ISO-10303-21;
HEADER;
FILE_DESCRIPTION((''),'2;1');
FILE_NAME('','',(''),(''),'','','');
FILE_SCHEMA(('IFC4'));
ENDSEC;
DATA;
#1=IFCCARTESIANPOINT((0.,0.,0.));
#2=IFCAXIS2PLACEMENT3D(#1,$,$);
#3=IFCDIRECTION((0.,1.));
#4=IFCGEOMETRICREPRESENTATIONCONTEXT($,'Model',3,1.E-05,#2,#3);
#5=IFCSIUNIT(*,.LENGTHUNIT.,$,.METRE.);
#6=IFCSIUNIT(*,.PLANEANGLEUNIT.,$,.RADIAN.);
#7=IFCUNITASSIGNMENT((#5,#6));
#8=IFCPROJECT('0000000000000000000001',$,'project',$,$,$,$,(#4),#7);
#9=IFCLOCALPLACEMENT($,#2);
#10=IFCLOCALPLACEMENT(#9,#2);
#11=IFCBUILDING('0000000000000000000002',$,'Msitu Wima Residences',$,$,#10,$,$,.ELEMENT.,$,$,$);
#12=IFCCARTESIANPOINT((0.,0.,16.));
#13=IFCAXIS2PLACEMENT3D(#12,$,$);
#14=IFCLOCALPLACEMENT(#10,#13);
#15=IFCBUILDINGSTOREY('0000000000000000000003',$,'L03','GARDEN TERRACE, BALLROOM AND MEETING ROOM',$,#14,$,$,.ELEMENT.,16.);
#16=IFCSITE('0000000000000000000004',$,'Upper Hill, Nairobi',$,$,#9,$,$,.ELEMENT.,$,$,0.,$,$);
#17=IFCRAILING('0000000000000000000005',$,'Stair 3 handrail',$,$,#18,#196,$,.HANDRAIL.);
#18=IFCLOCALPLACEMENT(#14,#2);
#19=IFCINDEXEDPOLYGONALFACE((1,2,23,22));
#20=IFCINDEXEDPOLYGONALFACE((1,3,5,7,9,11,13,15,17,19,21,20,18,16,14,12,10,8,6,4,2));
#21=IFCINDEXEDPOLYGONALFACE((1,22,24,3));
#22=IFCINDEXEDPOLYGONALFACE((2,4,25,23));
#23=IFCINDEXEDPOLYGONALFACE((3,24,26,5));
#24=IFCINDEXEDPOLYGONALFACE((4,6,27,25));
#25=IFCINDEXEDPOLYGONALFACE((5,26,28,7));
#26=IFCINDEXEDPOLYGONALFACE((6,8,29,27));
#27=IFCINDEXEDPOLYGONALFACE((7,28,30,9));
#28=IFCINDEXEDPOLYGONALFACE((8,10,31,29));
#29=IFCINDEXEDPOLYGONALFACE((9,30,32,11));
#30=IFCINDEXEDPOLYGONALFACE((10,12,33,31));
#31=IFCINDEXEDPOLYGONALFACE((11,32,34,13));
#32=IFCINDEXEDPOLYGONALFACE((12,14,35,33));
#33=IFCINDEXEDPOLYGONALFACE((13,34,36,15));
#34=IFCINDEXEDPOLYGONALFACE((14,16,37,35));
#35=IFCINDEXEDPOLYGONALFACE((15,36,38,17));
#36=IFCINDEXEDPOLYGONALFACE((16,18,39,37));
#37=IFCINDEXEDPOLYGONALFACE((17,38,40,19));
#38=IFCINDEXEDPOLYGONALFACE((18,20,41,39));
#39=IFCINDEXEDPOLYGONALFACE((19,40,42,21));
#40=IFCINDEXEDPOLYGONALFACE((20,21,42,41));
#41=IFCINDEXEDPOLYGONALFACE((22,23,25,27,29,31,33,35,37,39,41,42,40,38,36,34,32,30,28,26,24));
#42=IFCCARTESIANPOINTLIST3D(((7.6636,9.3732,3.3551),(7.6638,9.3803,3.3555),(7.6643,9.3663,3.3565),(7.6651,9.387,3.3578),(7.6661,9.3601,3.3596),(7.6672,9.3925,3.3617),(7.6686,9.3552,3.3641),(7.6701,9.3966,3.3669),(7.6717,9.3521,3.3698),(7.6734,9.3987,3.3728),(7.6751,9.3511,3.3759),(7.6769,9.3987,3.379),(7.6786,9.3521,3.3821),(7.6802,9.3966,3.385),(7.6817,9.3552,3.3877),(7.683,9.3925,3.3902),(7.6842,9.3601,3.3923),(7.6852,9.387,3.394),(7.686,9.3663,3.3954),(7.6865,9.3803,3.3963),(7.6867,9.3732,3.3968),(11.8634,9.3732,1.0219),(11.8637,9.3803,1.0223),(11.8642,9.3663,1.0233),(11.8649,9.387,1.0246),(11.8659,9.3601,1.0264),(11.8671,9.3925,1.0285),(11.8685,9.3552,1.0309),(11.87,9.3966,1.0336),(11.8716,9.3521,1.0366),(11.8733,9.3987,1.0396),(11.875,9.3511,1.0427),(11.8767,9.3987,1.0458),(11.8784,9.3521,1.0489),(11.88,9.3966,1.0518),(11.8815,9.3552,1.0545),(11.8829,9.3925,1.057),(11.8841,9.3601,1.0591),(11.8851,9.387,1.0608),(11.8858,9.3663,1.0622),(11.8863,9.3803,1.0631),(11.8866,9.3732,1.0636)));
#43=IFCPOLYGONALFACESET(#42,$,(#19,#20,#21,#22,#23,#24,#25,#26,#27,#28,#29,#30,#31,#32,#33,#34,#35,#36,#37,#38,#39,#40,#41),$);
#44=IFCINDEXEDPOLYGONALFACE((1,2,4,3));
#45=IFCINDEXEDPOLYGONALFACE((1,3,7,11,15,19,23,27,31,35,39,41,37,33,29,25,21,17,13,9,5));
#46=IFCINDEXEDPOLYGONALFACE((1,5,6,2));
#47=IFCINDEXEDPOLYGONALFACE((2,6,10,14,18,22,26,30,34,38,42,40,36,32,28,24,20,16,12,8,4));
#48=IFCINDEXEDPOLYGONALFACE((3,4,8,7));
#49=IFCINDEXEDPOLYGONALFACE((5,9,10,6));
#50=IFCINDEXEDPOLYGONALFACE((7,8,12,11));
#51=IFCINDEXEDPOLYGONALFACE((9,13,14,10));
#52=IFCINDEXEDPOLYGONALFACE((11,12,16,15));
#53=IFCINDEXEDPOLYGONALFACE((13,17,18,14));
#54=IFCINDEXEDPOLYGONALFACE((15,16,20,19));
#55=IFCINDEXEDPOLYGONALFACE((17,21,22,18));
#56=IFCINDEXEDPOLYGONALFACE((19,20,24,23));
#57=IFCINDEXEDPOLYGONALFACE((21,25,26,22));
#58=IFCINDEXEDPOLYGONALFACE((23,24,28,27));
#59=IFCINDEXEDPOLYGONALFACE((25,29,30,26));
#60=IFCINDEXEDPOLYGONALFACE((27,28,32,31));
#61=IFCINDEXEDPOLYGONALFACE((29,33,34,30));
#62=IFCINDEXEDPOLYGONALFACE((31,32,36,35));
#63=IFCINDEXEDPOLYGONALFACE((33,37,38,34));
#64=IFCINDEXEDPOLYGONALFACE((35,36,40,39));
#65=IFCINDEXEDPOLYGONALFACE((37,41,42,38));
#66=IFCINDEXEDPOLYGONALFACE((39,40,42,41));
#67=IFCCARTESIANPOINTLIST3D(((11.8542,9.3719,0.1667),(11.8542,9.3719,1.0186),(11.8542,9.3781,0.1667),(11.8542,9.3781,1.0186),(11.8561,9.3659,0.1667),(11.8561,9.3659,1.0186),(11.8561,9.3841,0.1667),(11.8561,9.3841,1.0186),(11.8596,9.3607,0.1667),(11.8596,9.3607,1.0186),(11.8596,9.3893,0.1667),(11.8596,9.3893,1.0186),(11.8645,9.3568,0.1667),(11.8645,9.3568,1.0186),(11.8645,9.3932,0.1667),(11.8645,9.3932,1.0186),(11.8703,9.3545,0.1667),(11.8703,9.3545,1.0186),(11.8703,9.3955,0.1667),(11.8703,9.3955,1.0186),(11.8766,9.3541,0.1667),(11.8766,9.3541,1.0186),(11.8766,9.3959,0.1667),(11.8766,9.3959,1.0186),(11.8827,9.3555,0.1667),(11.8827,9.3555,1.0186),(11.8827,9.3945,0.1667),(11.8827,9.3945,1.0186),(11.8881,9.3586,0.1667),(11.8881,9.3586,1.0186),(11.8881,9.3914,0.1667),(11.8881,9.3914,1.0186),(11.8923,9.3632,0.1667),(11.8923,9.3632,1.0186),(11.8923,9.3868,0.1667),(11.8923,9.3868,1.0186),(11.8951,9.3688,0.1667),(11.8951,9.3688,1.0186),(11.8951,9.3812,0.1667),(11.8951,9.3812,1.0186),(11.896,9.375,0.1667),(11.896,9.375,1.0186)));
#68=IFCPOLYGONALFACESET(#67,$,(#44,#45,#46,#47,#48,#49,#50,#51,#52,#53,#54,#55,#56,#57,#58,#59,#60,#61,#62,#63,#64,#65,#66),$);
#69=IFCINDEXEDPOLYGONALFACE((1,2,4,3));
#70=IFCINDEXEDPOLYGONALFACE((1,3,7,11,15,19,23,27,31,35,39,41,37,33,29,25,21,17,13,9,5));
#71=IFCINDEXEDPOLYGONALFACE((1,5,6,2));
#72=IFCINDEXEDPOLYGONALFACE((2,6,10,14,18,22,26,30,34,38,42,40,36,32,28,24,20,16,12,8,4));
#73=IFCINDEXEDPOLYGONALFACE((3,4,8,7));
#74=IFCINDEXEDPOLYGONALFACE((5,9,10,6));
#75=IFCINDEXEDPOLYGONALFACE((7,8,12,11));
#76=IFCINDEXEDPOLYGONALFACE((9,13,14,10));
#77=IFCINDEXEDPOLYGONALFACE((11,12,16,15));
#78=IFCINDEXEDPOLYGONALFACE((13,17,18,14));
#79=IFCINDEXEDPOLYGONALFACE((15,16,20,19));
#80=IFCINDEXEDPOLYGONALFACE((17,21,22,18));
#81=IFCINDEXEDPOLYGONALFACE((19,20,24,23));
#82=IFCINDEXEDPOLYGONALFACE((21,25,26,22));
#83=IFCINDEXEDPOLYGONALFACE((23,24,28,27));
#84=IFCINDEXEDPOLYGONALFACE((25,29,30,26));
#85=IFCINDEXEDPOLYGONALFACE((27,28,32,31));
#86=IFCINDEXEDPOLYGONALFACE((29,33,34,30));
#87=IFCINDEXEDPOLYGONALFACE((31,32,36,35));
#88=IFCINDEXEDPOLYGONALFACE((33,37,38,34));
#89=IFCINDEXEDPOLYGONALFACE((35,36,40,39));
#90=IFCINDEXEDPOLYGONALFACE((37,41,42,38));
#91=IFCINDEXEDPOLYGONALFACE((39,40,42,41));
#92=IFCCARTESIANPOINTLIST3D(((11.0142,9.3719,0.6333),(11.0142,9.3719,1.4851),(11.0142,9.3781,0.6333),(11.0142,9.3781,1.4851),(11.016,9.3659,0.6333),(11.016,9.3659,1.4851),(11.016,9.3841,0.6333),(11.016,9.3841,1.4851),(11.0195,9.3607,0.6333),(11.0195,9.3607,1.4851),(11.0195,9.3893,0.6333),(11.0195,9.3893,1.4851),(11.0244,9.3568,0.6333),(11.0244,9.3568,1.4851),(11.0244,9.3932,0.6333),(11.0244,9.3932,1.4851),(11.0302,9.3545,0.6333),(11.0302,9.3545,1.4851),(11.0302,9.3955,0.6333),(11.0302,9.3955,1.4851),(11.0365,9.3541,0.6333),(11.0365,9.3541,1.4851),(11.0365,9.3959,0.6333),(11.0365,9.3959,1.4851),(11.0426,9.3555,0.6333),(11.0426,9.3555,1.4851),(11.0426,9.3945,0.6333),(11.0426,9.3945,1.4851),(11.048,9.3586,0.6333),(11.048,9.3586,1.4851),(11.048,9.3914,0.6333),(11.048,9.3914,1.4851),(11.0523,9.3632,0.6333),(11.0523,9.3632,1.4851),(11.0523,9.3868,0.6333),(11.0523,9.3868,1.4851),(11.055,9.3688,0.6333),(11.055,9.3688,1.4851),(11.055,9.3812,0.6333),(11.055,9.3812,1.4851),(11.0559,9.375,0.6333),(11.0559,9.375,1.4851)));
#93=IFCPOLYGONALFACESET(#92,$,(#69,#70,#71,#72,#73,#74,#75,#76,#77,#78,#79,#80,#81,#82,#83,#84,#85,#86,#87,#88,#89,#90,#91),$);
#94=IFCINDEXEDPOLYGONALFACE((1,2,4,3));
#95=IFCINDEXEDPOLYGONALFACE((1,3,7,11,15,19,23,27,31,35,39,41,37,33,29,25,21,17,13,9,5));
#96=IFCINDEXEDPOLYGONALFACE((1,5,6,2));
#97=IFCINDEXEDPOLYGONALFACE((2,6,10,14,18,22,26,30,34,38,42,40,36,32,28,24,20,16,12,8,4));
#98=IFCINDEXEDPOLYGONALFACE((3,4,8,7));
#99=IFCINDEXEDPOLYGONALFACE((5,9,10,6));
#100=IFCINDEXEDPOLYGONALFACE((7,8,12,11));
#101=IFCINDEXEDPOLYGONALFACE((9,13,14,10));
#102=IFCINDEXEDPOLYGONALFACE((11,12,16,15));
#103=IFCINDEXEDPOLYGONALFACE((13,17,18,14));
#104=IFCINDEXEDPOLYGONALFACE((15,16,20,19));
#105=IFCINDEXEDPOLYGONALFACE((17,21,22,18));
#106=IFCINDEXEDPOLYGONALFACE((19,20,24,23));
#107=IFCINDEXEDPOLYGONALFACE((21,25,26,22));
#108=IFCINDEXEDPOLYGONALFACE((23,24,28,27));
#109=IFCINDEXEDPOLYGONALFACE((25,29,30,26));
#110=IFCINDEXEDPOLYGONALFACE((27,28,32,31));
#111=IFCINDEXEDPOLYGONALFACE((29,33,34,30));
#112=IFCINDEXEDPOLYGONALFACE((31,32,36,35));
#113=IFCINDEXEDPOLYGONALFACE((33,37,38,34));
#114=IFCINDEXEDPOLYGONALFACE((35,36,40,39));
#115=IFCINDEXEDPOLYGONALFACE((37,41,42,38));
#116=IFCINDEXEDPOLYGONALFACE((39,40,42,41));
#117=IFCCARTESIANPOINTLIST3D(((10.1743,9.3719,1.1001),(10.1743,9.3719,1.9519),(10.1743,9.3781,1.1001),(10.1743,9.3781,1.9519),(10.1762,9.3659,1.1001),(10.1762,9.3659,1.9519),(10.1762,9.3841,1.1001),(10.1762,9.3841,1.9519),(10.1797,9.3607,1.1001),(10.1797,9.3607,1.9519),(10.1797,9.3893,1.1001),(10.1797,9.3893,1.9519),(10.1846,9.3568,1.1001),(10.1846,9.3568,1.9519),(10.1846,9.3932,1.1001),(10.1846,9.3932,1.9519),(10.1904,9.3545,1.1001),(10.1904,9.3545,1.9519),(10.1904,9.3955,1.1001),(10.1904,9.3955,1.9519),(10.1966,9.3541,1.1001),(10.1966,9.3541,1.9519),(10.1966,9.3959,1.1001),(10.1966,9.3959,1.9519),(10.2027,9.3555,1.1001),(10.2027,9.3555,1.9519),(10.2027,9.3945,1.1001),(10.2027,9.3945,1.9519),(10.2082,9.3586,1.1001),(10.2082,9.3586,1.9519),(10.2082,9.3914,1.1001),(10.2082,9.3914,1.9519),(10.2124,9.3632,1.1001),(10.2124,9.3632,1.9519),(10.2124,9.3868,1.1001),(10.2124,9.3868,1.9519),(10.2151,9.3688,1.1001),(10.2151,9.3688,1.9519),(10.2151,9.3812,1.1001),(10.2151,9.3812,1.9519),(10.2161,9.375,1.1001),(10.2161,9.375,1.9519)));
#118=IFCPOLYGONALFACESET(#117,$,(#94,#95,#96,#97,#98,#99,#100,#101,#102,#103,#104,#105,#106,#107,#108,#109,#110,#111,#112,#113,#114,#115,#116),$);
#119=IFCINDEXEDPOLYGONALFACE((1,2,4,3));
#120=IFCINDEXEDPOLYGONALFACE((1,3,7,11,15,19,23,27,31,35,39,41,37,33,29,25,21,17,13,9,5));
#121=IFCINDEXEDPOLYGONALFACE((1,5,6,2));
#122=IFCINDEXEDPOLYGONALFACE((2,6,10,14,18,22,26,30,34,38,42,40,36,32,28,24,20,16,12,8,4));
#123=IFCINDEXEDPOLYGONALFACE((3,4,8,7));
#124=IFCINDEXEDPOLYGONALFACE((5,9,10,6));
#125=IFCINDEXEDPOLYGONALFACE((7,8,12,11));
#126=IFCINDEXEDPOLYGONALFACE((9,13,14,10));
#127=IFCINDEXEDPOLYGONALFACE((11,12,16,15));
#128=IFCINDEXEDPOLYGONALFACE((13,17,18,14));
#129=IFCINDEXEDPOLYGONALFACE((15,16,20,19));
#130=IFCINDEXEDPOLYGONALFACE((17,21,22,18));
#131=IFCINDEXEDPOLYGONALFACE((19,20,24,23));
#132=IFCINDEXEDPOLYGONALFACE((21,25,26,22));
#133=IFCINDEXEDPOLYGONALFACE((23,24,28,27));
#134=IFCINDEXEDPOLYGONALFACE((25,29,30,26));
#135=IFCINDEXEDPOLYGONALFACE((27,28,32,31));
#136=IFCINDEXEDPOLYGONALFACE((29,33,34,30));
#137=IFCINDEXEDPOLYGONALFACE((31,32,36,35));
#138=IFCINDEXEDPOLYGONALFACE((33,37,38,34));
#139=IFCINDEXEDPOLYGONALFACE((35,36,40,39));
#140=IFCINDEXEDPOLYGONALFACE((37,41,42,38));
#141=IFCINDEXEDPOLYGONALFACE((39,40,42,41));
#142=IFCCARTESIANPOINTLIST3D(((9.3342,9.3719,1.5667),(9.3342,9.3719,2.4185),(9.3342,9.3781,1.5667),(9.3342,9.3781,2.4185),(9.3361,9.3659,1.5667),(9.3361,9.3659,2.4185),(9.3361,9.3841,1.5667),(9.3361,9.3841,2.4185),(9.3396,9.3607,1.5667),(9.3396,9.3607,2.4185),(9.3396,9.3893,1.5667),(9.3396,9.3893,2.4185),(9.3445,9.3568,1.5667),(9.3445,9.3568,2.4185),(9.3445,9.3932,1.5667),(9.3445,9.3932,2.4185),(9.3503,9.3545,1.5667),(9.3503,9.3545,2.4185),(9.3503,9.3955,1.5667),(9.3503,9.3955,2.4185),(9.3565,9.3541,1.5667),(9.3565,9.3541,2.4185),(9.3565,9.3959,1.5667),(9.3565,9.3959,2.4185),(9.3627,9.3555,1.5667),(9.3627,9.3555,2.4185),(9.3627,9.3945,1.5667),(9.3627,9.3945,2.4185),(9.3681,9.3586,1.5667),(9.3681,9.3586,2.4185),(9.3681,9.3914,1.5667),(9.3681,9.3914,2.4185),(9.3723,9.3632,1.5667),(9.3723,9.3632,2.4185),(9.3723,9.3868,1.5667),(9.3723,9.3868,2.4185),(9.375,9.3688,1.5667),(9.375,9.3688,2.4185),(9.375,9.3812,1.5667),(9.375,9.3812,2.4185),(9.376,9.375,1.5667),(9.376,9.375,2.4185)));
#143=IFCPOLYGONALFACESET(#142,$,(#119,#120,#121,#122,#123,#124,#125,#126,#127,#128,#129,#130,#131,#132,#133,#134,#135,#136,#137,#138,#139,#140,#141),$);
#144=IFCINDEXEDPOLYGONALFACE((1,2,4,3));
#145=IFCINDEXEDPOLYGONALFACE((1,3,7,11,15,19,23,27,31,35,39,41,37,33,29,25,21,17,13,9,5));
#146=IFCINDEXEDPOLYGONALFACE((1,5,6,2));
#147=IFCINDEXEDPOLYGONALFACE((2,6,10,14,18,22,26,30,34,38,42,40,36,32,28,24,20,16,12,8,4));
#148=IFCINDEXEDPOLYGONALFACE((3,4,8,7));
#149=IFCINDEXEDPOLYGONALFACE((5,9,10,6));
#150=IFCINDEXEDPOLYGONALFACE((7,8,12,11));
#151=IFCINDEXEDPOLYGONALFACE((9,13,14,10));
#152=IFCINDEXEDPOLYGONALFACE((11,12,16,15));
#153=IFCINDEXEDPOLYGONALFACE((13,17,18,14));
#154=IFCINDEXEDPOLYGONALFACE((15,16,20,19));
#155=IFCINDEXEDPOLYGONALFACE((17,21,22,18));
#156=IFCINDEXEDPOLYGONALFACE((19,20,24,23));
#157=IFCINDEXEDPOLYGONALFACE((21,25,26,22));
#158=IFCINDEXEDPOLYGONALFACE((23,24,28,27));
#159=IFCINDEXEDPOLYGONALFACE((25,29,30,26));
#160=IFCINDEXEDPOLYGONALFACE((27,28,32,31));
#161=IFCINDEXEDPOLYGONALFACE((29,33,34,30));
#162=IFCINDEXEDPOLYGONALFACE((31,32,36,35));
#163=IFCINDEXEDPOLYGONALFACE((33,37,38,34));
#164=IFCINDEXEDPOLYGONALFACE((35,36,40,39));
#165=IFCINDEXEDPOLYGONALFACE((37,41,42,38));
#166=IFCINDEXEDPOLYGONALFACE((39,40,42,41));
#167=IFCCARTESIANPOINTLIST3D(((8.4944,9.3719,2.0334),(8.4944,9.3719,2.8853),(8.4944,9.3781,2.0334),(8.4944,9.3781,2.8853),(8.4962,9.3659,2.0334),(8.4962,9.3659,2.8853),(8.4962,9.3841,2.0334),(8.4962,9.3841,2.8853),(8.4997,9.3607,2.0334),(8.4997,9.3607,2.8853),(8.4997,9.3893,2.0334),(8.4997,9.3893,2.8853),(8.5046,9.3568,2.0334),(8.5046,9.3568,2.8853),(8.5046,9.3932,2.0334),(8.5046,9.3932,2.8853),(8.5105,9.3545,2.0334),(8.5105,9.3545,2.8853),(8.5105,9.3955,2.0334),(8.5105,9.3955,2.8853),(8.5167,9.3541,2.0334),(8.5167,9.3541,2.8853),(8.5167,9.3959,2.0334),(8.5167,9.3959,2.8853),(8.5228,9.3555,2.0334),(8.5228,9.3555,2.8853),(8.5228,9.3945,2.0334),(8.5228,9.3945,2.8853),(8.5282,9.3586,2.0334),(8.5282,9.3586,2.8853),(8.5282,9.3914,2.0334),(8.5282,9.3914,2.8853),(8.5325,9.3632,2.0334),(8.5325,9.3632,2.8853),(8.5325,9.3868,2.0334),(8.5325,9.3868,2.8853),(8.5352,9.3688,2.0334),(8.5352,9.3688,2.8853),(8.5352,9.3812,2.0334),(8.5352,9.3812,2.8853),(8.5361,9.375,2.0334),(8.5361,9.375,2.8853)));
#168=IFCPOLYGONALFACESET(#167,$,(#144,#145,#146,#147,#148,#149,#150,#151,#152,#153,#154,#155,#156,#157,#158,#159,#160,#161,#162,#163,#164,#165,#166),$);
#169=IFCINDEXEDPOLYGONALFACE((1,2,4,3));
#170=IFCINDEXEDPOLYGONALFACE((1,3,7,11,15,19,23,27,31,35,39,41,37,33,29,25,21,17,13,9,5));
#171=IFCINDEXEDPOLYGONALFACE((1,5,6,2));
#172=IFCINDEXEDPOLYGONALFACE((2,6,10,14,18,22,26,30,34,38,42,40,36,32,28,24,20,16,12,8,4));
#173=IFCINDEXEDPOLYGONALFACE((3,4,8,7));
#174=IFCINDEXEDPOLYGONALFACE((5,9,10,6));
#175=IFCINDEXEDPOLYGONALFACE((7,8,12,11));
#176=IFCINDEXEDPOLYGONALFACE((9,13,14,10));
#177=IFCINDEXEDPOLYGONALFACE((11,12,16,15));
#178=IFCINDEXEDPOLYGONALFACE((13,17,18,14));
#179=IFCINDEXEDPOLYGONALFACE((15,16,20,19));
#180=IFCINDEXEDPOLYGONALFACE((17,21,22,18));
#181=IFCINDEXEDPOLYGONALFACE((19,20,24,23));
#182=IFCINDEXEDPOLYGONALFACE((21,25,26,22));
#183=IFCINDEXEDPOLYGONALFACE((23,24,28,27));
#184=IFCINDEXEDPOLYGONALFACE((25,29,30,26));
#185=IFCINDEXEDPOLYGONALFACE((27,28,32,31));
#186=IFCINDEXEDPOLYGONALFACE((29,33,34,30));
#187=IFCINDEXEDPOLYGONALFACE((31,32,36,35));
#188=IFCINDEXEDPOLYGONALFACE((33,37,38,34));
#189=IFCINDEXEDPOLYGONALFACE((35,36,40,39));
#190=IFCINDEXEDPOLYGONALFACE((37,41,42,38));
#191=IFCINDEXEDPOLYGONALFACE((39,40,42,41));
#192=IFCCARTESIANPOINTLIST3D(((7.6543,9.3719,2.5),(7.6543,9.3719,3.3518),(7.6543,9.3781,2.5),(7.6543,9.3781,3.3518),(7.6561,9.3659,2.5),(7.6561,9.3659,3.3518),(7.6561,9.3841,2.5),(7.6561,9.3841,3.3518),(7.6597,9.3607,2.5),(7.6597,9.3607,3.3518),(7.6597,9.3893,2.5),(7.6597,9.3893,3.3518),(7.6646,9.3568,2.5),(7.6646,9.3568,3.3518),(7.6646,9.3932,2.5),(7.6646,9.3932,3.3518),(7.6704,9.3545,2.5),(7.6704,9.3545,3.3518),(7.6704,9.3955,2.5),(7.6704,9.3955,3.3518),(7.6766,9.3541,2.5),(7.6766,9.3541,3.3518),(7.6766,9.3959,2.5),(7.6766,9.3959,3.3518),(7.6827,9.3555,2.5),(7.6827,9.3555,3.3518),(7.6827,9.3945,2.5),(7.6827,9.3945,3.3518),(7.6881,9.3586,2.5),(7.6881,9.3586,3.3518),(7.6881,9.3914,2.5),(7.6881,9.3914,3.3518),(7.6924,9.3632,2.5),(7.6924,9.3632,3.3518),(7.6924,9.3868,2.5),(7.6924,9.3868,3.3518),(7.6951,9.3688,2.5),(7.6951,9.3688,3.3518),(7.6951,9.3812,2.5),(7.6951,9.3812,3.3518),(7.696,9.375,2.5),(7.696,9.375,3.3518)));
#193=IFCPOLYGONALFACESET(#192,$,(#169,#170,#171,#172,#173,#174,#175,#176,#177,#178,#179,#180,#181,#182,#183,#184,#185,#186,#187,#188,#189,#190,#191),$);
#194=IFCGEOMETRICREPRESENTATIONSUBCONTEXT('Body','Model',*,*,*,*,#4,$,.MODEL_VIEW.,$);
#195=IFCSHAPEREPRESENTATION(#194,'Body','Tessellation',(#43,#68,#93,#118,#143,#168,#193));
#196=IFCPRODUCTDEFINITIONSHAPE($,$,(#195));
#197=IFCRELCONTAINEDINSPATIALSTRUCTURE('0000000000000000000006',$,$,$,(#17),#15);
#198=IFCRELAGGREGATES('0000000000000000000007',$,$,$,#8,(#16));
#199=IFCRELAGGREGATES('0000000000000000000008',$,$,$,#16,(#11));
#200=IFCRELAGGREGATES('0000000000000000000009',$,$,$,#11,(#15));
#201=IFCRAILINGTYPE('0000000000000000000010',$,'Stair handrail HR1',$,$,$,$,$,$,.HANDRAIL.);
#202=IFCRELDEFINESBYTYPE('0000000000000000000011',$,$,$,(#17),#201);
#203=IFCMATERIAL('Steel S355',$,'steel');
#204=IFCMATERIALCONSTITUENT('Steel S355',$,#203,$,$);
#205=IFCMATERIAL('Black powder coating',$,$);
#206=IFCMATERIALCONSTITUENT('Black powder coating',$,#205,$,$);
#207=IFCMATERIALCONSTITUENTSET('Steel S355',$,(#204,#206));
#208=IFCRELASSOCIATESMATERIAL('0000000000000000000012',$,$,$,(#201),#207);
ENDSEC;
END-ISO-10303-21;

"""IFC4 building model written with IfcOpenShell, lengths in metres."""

from ifc_helpers import new_model, si_unit, direction, frame, origin, origin_2d, place, context, subcontext, project, spatial, circle, extrude, material, constituent, constituent_set, type_object, element, save


model = new_model("IFC4")

# Units and contexts
model_context = context("Model", 3, precision=1e-05, world=origin(), true_north=direction((0.0, 1.0)))
body_context = subcontext(model_context, "Body", "Model", "MODEL_VIEW")
ifc_project = project(units=[si_unit("LENGTHUNIT", "METRE"), si_unit("PLANEANGLEUNIT", "RADIAN")], contexts=[model_context])

# Site, building, storey
site_placement = place(None, origin())
site = spatial("IfcSite", under=ifc_project, at=site_placement, Name="Upper Hill, Nairobi", CompositionType="ELEMENT", RefElevation=0.0)
building_placement = place(site_placement, origin())
building = spatial("IfcBuilding", under=site, at=building_placement, Name="Msitu Wima Residences", CompositionType="ELEMENT")
storey_placement = place(building_placement, frame((0.0, 0.0, 16.0)))
storey = spatial("IfcBuildingStorey", under=building, at=storey_placement, Name="L03", Description="GARDEN TERRACE, BALLROOM AND MEETING ROOM", CompositionType="ELEMENT", Elevation=16.0)

# Railing
ifc_material_1 = material(Name="Steel S355", Category="steel")
ifc_constituent_1 = constituent(ifc_material_1, Name="Steel S355")
ifc_material_2 = material(Name="Black powder coating")
ifc_constituent_2 = constituent(ifc_material_2, Name="Black powder coating")
ifc_constituent_set = constituent_set(constituents=[ifc_constituent_1, ifc_constituent_2], Name="Steel S355")
railing_type = type_object("IfcRailingType", Name="Stair handrail HR1", PredefinedType="HANDRAIL", material=ifc_constituent_set)
railing_placement = place(storey_placement, frame((11.875, 9.375, 0.1667)))
element("IfcRailing", 1, at=railing_placement, inside=storey, type_object=railing_type, Name="Stair 3 handrail", PredefinedType="HANDRAIL", context=body_context, shape_type="SweptSolid", body=[
    extrude(circle(Radius=0.0239, at=origin_2d()), frame((0.0, 0.0, 0.876), z_axis=(-0.874162, 0.0, 0.485634), x_axis=(0.0, -1.0, 0.0)), (0.0, 0.0, 1.0), 4.8044),
    extrude(circle(Radius=0.021, at=origin_2d()), origin(), (0.0, 0.0, 1.0), 0.8518),
    extrude(circle(Radius=0.021, at=origin_2d()), frame((-0.8401, 0.0, 0.4666)), (0.0, 0.0, 1.0), 0.8518),
    extrude(circle(Radius=0.021, at=origin_2d()), frame((-1.6799, 0.0, 0.9333)), (0.0, 0.0, 1.0), 0.8518),
    extrude(circle(Radius=0.021, at=origin_2d()), frame((-2.52, 0.0, 1.3999)), (0.0, 0.0, 1.0), 0.8518),
    extrude(circle(Radius=0.021, at=origin_2d()), frame((-3.3599, 0.0, 1.8667)), (0.0, 0.0, 1.0), 0.8518),
    extrude(circle(Radius=0.021, at=origin_2d()), frame((-4.2, 0.0, 2.3333)), (0.0, 0.0, 1.0), 0.8518),
])

save(model, "model.ifc")
